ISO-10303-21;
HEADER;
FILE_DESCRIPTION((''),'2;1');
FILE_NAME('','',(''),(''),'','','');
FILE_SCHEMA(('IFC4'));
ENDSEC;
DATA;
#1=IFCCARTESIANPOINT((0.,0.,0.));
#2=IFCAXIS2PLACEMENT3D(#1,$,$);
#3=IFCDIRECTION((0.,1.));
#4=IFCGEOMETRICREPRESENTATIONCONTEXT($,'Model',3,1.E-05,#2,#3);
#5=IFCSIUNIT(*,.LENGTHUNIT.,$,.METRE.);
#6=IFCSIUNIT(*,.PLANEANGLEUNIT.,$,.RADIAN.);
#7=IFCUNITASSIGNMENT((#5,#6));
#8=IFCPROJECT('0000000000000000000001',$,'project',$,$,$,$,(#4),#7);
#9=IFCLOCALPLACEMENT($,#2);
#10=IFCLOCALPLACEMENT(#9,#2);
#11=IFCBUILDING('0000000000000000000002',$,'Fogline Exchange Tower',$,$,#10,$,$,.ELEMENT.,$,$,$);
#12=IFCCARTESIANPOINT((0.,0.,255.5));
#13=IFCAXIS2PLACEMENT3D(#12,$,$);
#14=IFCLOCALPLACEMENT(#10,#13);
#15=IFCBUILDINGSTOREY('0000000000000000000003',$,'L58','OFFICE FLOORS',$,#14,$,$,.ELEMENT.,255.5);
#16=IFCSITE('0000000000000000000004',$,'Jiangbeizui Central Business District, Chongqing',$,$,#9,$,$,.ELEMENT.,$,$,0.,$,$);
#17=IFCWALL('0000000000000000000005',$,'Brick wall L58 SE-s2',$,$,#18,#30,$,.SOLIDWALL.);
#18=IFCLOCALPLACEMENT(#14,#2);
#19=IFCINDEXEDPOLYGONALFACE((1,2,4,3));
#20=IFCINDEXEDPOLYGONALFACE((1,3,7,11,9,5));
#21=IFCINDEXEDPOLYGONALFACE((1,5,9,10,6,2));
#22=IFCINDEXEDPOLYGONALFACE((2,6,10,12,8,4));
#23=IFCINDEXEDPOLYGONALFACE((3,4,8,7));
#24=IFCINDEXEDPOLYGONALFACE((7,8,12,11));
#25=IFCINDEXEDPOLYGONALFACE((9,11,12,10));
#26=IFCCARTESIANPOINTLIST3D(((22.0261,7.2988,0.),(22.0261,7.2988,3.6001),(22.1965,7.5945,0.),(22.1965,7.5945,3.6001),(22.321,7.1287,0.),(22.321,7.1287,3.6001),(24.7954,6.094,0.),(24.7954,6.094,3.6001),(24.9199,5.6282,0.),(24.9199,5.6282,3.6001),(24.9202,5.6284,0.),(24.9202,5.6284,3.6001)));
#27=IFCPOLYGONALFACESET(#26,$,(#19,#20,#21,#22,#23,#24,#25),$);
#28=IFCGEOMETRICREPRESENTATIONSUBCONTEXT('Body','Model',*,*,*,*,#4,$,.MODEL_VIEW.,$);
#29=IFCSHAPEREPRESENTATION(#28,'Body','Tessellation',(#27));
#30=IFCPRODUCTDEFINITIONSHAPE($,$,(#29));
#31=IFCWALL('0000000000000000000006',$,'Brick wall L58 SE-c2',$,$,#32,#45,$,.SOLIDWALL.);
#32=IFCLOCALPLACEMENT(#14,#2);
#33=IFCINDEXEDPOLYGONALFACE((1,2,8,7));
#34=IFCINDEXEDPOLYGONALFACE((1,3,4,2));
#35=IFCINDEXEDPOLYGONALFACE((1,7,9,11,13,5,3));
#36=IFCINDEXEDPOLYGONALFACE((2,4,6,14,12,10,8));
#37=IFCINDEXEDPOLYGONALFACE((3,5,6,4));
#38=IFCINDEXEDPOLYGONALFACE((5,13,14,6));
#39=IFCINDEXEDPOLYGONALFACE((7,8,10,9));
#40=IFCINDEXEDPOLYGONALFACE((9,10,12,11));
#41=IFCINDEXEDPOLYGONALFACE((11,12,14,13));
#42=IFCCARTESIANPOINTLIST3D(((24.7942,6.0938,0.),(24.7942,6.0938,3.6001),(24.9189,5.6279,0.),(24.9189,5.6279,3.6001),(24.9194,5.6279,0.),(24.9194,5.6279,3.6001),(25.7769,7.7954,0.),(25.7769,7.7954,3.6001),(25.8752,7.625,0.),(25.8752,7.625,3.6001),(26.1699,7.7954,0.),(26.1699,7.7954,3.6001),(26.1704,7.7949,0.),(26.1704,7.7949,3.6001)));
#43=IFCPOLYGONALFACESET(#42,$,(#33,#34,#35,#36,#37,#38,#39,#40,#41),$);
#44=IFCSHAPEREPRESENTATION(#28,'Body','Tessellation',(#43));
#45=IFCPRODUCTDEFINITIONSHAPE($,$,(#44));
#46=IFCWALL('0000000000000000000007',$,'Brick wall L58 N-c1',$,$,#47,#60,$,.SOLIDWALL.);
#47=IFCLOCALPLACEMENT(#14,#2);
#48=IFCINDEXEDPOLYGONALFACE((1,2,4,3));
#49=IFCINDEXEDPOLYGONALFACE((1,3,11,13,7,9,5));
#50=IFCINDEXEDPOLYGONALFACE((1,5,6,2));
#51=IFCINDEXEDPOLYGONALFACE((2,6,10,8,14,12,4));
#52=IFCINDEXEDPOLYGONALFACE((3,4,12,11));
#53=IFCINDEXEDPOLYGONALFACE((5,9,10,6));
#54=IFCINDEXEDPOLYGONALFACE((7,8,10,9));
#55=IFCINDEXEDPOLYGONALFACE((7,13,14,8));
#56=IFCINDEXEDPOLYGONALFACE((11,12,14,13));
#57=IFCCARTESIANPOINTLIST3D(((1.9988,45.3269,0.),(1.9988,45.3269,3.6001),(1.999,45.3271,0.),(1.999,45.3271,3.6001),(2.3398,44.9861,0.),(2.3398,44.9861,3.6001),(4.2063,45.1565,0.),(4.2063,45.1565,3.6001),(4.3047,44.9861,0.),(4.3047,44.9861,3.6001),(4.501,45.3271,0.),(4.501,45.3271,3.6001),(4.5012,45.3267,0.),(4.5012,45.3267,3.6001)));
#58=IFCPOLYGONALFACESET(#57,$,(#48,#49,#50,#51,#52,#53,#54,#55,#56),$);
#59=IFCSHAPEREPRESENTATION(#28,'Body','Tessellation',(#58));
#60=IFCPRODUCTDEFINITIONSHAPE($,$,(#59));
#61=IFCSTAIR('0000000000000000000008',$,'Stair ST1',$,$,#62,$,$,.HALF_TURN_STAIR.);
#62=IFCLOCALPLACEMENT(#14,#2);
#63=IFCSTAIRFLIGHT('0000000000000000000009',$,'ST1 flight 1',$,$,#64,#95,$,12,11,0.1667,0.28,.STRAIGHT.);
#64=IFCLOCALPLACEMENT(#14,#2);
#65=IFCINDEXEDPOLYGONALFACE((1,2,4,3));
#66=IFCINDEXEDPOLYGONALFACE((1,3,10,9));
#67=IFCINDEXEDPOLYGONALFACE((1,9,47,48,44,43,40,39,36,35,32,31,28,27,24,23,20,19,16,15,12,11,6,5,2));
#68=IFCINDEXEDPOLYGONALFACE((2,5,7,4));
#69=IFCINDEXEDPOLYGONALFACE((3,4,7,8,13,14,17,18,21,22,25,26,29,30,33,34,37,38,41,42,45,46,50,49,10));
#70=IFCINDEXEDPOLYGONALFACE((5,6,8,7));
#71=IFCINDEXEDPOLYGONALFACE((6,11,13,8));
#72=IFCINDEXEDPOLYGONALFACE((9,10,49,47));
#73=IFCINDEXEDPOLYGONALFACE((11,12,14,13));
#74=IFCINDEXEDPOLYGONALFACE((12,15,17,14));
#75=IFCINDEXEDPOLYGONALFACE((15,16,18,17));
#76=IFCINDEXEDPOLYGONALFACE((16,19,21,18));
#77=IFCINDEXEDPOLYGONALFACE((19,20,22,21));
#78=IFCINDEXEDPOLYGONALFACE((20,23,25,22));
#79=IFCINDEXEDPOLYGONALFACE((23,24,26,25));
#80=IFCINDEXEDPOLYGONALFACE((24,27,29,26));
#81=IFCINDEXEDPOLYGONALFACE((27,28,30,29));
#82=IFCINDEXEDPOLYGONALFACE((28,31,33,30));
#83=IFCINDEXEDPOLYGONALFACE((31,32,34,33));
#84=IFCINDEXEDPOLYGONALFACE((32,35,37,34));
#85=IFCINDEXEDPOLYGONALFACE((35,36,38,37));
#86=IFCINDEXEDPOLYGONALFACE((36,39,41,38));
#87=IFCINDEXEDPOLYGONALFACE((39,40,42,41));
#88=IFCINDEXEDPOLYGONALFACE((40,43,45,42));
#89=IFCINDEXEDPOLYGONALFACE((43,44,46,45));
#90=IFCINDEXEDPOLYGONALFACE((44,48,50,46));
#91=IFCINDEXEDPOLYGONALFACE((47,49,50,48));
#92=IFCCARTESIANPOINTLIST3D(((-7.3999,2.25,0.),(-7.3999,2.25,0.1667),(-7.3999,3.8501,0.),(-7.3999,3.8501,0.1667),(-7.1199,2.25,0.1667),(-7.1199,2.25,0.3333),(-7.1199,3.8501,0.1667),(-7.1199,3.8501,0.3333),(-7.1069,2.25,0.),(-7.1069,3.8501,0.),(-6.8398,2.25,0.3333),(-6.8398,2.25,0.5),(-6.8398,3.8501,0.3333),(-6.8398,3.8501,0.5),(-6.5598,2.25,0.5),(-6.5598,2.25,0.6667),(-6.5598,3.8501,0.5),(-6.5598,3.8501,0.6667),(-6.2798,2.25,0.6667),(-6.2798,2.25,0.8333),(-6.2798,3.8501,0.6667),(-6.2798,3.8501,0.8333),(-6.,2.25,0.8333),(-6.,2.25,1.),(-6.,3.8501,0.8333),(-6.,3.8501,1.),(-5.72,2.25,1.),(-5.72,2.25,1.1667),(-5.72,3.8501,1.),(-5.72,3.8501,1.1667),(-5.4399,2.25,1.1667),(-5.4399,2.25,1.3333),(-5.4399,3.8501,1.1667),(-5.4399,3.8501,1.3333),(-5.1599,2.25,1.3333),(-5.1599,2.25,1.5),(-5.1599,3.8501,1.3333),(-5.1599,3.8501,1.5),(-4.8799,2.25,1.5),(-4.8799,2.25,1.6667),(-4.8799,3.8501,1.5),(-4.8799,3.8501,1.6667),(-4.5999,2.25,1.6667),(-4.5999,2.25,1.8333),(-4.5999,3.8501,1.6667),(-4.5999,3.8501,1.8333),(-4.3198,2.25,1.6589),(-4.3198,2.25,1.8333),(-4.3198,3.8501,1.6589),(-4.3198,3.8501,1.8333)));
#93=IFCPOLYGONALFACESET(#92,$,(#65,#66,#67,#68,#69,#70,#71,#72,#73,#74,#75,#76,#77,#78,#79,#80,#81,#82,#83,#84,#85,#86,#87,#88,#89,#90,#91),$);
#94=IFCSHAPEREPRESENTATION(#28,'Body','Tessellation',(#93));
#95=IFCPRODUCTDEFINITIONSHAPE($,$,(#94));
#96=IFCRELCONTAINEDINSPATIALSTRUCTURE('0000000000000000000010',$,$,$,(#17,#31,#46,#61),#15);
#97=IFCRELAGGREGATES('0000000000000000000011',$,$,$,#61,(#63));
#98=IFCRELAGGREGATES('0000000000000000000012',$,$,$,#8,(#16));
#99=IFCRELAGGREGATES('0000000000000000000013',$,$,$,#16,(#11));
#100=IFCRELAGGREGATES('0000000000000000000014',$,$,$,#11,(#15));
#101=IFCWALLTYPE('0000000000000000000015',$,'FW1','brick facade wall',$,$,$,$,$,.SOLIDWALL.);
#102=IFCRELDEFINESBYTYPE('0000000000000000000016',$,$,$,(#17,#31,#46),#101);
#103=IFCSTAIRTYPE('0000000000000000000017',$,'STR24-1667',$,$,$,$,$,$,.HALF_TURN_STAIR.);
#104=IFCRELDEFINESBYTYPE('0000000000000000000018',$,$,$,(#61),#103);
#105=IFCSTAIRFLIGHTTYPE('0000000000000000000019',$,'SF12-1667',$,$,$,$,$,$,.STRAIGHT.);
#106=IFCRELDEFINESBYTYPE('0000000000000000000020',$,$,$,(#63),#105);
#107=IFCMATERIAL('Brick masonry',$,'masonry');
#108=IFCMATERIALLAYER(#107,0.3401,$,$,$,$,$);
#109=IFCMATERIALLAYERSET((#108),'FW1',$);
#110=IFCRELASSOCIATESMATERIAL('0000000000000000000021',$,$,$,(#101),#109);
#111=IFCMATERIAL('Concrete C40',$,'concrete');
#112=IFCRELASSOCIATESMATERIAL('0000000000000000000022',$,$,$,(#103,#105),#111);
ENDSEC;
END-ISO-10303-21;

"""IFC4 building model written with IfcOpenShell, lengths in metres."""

from ifc_helpers import new_model, si_unit, direction, frame, origin, place, context, subcontext, project, spatial, polyline, outline, extrude, material, layer, layer_set, type_object, element, aggregate, save


model = new_model("IFC4")

# Units and contexts
model_context = context("Model", 3, precision=1e-05, world=origin(), true_north=direction((0.0, 1.0)))
body_context = subcontext(model_context, "Body", "Model", "MODEL_VIEW")
ifc_project = project(units=[si_unit("LENGTHUNIT", "METRE"), si_unit("PLANEANGLEUNIT", "RADIAN")], contexts=[model_context])

# Site, building, storey
site_placement = place(None, origin())
site = spatial("IfcSite", under=ifc_project, at=site_placement, Name="Jiangbeizui Central Business District, Chongqing", CompositionType="ELEMENT", RefElevation=0.0)
building_placement = place(site_placement, origin())
building = spatial("IfcBuilding", under=site, at=building_placement, Name="Fogline Exchange Tower", CompositionType="ELEMENT")
storey_placement = place(building_placement, frame((0.0, 0.0, 255.5)))
storey = spatial("IfcBuildingStorey", under=building, at=storey_placement, Name="L58", Description="OFFICE FLOORS", CompositionType="ELEMENT", Elevation=255.5)

# Shared definitions
ifc_material_1 = material(Name="Concrete C40", Category="concrete")

# Walls
ifc_material_2 = material(Name="Brick masonry", Category="masonry")
ifc_layer_1 = layer(ifc_material_2, 0.3401)
ifc_layer_set_1 = layer_set([ifc_layer_1], Name="FW1")
wall_type_1 = type_object("IfcWallType", Name="FW1", Description="brick facade wall", PredefinedType="SOLIDWALL", material=ifc_layer_set_1)
wall_1_placement = place(storey_placement, origin())
element("IfcWall", 1, at=wall_1_placement, inside=storey, type_object=wall_type_1, Name="Brick wall L58 SE-s2", PredefinedType="SOLIDWALL", context=body_context, shape_type="SweptSolid", body=[
    extrude(outline(polyline([(24.9199, 5.6282), (22.321, 7.1287), (22.0261, 7.2988), (22.1965, 7.5945), (24.7954, 6.094), (24.9202, 5.6284), (24.9199, 5.6282)])), origin(), (0.0, 0.0, 1.0), 3.6001),
])
wall_2_placement = place(storey_placement, origin())
element("IfcWall", 2, at=wall_2_placement, inside=storey, type_object=wall_type_1, Name="Brick wall L58 SE-c2", PredefinedType="SOLIDWALL", context=body_context, shape_type="SweptSolid", body=[
    extrude(outline(polyline([(25.7769, 7.7954), (25.8752, 7.625), (26.1699, 7.7954), (26.1704, 7.7949), (24.9194, 5.6279), (24.9189, 5.6279), (24.7942, 6.0938), (25.7769, 7.7954)])), origin(), (0.0, 0.0, 1.0), 3.6001),
])
wall_3_placement = place(storey_placement, origin())
element("IfcWall", 3, at=wall_3_placement, inside=storey, type_object=wall_type_1, Name="Brick wall L58 N-c1", PredefinedType="SOLIDWALL", context=body_context, shape_type="SweptSolid", body=[
    extrude(outline(polyline([(1.999, 45.3271), (4.501, 45.3271), (4.5012, 45.3267), (4.2063, 45.1565), (4.3047, 44.9861), (2.3398, 44.9861), (1.9988, 45.3269), (1.999, 45.3271)])), origin(), (0.0, 0.0, 1.0), 3.6001),
])

# Stair, stair flight
stair_type = type_object("IfcStairType", Name="STR24-1667", PredefinedType="HALF_TURN_STAIR", material=ifc_material_1)
stair_placement = place(storey_placement, origin())
stair = element("IfcStair", 4, at=stair_placement, inside=storey, type_object=stair_type, Name="Stair ST1", PredefinedType="HALF_TURN_STAIR")
stair_flight_type = type_object("IfcStairFlightType", Name="SF12-1667", PredefinedType="STRAIGHT", material=ifc_material_1)
stair_flight_placement = place(storey_placement, frame((-7.3999, 3.05, 0.0), z_axis=(0.0, 0.0, 1.0), x_axis=(1.0, 0.0, 0.0)))
stair_flight = element("IfcStairFlight", 5, at=stair_flight_placement, type_object=stair_flight_type, Name="ST1 flight 1", NumberOfRisers=12, NumberOfTreads=11, PredefinedType="STRAIGHT", RiserHeight=0.1667, TreadLength=0.28, context=body_context, shape_type="SweptSolid", body=[
    extrude(outline(polyline([(0.0, 0.0), (0.0, 0.1667), (0.28, 0.1667), (0.28, 0.3333), (0.5601, 0.3333), (0.5601, 0.5), (0.8401, 0.5), (0.8401, 0.6667), (1.1201, 0.6667), (1.1201, 0.8333), (1.3999, 0.8333), (1.3999, 1.0), (1.6799, 1.0), (1.6799, 1.1667), (1.96, 1.1667), (1.96, 1.3333), (2.24, 1.3333), (2.24, 1.5), (2.52, 1.5), (2.52, 1.6667), (2.8, 1.6667), (2.8, 1.8333), (3.0801, 1.8333), (3.0801, 2.0), (3.0801, 1.6589), (0.293, 0.0), (0.0, 0.0)])), frame((0.0, 0.8, 0.0), z_axis=(0.0, -1.0, 0.0), x_axis=(1.0, 0.0, 0.0)), (0.0, 0.0, 1.0), 1.6001),
])
aggregate(stair, [stair_flight])

save(model, "model.ifc")
